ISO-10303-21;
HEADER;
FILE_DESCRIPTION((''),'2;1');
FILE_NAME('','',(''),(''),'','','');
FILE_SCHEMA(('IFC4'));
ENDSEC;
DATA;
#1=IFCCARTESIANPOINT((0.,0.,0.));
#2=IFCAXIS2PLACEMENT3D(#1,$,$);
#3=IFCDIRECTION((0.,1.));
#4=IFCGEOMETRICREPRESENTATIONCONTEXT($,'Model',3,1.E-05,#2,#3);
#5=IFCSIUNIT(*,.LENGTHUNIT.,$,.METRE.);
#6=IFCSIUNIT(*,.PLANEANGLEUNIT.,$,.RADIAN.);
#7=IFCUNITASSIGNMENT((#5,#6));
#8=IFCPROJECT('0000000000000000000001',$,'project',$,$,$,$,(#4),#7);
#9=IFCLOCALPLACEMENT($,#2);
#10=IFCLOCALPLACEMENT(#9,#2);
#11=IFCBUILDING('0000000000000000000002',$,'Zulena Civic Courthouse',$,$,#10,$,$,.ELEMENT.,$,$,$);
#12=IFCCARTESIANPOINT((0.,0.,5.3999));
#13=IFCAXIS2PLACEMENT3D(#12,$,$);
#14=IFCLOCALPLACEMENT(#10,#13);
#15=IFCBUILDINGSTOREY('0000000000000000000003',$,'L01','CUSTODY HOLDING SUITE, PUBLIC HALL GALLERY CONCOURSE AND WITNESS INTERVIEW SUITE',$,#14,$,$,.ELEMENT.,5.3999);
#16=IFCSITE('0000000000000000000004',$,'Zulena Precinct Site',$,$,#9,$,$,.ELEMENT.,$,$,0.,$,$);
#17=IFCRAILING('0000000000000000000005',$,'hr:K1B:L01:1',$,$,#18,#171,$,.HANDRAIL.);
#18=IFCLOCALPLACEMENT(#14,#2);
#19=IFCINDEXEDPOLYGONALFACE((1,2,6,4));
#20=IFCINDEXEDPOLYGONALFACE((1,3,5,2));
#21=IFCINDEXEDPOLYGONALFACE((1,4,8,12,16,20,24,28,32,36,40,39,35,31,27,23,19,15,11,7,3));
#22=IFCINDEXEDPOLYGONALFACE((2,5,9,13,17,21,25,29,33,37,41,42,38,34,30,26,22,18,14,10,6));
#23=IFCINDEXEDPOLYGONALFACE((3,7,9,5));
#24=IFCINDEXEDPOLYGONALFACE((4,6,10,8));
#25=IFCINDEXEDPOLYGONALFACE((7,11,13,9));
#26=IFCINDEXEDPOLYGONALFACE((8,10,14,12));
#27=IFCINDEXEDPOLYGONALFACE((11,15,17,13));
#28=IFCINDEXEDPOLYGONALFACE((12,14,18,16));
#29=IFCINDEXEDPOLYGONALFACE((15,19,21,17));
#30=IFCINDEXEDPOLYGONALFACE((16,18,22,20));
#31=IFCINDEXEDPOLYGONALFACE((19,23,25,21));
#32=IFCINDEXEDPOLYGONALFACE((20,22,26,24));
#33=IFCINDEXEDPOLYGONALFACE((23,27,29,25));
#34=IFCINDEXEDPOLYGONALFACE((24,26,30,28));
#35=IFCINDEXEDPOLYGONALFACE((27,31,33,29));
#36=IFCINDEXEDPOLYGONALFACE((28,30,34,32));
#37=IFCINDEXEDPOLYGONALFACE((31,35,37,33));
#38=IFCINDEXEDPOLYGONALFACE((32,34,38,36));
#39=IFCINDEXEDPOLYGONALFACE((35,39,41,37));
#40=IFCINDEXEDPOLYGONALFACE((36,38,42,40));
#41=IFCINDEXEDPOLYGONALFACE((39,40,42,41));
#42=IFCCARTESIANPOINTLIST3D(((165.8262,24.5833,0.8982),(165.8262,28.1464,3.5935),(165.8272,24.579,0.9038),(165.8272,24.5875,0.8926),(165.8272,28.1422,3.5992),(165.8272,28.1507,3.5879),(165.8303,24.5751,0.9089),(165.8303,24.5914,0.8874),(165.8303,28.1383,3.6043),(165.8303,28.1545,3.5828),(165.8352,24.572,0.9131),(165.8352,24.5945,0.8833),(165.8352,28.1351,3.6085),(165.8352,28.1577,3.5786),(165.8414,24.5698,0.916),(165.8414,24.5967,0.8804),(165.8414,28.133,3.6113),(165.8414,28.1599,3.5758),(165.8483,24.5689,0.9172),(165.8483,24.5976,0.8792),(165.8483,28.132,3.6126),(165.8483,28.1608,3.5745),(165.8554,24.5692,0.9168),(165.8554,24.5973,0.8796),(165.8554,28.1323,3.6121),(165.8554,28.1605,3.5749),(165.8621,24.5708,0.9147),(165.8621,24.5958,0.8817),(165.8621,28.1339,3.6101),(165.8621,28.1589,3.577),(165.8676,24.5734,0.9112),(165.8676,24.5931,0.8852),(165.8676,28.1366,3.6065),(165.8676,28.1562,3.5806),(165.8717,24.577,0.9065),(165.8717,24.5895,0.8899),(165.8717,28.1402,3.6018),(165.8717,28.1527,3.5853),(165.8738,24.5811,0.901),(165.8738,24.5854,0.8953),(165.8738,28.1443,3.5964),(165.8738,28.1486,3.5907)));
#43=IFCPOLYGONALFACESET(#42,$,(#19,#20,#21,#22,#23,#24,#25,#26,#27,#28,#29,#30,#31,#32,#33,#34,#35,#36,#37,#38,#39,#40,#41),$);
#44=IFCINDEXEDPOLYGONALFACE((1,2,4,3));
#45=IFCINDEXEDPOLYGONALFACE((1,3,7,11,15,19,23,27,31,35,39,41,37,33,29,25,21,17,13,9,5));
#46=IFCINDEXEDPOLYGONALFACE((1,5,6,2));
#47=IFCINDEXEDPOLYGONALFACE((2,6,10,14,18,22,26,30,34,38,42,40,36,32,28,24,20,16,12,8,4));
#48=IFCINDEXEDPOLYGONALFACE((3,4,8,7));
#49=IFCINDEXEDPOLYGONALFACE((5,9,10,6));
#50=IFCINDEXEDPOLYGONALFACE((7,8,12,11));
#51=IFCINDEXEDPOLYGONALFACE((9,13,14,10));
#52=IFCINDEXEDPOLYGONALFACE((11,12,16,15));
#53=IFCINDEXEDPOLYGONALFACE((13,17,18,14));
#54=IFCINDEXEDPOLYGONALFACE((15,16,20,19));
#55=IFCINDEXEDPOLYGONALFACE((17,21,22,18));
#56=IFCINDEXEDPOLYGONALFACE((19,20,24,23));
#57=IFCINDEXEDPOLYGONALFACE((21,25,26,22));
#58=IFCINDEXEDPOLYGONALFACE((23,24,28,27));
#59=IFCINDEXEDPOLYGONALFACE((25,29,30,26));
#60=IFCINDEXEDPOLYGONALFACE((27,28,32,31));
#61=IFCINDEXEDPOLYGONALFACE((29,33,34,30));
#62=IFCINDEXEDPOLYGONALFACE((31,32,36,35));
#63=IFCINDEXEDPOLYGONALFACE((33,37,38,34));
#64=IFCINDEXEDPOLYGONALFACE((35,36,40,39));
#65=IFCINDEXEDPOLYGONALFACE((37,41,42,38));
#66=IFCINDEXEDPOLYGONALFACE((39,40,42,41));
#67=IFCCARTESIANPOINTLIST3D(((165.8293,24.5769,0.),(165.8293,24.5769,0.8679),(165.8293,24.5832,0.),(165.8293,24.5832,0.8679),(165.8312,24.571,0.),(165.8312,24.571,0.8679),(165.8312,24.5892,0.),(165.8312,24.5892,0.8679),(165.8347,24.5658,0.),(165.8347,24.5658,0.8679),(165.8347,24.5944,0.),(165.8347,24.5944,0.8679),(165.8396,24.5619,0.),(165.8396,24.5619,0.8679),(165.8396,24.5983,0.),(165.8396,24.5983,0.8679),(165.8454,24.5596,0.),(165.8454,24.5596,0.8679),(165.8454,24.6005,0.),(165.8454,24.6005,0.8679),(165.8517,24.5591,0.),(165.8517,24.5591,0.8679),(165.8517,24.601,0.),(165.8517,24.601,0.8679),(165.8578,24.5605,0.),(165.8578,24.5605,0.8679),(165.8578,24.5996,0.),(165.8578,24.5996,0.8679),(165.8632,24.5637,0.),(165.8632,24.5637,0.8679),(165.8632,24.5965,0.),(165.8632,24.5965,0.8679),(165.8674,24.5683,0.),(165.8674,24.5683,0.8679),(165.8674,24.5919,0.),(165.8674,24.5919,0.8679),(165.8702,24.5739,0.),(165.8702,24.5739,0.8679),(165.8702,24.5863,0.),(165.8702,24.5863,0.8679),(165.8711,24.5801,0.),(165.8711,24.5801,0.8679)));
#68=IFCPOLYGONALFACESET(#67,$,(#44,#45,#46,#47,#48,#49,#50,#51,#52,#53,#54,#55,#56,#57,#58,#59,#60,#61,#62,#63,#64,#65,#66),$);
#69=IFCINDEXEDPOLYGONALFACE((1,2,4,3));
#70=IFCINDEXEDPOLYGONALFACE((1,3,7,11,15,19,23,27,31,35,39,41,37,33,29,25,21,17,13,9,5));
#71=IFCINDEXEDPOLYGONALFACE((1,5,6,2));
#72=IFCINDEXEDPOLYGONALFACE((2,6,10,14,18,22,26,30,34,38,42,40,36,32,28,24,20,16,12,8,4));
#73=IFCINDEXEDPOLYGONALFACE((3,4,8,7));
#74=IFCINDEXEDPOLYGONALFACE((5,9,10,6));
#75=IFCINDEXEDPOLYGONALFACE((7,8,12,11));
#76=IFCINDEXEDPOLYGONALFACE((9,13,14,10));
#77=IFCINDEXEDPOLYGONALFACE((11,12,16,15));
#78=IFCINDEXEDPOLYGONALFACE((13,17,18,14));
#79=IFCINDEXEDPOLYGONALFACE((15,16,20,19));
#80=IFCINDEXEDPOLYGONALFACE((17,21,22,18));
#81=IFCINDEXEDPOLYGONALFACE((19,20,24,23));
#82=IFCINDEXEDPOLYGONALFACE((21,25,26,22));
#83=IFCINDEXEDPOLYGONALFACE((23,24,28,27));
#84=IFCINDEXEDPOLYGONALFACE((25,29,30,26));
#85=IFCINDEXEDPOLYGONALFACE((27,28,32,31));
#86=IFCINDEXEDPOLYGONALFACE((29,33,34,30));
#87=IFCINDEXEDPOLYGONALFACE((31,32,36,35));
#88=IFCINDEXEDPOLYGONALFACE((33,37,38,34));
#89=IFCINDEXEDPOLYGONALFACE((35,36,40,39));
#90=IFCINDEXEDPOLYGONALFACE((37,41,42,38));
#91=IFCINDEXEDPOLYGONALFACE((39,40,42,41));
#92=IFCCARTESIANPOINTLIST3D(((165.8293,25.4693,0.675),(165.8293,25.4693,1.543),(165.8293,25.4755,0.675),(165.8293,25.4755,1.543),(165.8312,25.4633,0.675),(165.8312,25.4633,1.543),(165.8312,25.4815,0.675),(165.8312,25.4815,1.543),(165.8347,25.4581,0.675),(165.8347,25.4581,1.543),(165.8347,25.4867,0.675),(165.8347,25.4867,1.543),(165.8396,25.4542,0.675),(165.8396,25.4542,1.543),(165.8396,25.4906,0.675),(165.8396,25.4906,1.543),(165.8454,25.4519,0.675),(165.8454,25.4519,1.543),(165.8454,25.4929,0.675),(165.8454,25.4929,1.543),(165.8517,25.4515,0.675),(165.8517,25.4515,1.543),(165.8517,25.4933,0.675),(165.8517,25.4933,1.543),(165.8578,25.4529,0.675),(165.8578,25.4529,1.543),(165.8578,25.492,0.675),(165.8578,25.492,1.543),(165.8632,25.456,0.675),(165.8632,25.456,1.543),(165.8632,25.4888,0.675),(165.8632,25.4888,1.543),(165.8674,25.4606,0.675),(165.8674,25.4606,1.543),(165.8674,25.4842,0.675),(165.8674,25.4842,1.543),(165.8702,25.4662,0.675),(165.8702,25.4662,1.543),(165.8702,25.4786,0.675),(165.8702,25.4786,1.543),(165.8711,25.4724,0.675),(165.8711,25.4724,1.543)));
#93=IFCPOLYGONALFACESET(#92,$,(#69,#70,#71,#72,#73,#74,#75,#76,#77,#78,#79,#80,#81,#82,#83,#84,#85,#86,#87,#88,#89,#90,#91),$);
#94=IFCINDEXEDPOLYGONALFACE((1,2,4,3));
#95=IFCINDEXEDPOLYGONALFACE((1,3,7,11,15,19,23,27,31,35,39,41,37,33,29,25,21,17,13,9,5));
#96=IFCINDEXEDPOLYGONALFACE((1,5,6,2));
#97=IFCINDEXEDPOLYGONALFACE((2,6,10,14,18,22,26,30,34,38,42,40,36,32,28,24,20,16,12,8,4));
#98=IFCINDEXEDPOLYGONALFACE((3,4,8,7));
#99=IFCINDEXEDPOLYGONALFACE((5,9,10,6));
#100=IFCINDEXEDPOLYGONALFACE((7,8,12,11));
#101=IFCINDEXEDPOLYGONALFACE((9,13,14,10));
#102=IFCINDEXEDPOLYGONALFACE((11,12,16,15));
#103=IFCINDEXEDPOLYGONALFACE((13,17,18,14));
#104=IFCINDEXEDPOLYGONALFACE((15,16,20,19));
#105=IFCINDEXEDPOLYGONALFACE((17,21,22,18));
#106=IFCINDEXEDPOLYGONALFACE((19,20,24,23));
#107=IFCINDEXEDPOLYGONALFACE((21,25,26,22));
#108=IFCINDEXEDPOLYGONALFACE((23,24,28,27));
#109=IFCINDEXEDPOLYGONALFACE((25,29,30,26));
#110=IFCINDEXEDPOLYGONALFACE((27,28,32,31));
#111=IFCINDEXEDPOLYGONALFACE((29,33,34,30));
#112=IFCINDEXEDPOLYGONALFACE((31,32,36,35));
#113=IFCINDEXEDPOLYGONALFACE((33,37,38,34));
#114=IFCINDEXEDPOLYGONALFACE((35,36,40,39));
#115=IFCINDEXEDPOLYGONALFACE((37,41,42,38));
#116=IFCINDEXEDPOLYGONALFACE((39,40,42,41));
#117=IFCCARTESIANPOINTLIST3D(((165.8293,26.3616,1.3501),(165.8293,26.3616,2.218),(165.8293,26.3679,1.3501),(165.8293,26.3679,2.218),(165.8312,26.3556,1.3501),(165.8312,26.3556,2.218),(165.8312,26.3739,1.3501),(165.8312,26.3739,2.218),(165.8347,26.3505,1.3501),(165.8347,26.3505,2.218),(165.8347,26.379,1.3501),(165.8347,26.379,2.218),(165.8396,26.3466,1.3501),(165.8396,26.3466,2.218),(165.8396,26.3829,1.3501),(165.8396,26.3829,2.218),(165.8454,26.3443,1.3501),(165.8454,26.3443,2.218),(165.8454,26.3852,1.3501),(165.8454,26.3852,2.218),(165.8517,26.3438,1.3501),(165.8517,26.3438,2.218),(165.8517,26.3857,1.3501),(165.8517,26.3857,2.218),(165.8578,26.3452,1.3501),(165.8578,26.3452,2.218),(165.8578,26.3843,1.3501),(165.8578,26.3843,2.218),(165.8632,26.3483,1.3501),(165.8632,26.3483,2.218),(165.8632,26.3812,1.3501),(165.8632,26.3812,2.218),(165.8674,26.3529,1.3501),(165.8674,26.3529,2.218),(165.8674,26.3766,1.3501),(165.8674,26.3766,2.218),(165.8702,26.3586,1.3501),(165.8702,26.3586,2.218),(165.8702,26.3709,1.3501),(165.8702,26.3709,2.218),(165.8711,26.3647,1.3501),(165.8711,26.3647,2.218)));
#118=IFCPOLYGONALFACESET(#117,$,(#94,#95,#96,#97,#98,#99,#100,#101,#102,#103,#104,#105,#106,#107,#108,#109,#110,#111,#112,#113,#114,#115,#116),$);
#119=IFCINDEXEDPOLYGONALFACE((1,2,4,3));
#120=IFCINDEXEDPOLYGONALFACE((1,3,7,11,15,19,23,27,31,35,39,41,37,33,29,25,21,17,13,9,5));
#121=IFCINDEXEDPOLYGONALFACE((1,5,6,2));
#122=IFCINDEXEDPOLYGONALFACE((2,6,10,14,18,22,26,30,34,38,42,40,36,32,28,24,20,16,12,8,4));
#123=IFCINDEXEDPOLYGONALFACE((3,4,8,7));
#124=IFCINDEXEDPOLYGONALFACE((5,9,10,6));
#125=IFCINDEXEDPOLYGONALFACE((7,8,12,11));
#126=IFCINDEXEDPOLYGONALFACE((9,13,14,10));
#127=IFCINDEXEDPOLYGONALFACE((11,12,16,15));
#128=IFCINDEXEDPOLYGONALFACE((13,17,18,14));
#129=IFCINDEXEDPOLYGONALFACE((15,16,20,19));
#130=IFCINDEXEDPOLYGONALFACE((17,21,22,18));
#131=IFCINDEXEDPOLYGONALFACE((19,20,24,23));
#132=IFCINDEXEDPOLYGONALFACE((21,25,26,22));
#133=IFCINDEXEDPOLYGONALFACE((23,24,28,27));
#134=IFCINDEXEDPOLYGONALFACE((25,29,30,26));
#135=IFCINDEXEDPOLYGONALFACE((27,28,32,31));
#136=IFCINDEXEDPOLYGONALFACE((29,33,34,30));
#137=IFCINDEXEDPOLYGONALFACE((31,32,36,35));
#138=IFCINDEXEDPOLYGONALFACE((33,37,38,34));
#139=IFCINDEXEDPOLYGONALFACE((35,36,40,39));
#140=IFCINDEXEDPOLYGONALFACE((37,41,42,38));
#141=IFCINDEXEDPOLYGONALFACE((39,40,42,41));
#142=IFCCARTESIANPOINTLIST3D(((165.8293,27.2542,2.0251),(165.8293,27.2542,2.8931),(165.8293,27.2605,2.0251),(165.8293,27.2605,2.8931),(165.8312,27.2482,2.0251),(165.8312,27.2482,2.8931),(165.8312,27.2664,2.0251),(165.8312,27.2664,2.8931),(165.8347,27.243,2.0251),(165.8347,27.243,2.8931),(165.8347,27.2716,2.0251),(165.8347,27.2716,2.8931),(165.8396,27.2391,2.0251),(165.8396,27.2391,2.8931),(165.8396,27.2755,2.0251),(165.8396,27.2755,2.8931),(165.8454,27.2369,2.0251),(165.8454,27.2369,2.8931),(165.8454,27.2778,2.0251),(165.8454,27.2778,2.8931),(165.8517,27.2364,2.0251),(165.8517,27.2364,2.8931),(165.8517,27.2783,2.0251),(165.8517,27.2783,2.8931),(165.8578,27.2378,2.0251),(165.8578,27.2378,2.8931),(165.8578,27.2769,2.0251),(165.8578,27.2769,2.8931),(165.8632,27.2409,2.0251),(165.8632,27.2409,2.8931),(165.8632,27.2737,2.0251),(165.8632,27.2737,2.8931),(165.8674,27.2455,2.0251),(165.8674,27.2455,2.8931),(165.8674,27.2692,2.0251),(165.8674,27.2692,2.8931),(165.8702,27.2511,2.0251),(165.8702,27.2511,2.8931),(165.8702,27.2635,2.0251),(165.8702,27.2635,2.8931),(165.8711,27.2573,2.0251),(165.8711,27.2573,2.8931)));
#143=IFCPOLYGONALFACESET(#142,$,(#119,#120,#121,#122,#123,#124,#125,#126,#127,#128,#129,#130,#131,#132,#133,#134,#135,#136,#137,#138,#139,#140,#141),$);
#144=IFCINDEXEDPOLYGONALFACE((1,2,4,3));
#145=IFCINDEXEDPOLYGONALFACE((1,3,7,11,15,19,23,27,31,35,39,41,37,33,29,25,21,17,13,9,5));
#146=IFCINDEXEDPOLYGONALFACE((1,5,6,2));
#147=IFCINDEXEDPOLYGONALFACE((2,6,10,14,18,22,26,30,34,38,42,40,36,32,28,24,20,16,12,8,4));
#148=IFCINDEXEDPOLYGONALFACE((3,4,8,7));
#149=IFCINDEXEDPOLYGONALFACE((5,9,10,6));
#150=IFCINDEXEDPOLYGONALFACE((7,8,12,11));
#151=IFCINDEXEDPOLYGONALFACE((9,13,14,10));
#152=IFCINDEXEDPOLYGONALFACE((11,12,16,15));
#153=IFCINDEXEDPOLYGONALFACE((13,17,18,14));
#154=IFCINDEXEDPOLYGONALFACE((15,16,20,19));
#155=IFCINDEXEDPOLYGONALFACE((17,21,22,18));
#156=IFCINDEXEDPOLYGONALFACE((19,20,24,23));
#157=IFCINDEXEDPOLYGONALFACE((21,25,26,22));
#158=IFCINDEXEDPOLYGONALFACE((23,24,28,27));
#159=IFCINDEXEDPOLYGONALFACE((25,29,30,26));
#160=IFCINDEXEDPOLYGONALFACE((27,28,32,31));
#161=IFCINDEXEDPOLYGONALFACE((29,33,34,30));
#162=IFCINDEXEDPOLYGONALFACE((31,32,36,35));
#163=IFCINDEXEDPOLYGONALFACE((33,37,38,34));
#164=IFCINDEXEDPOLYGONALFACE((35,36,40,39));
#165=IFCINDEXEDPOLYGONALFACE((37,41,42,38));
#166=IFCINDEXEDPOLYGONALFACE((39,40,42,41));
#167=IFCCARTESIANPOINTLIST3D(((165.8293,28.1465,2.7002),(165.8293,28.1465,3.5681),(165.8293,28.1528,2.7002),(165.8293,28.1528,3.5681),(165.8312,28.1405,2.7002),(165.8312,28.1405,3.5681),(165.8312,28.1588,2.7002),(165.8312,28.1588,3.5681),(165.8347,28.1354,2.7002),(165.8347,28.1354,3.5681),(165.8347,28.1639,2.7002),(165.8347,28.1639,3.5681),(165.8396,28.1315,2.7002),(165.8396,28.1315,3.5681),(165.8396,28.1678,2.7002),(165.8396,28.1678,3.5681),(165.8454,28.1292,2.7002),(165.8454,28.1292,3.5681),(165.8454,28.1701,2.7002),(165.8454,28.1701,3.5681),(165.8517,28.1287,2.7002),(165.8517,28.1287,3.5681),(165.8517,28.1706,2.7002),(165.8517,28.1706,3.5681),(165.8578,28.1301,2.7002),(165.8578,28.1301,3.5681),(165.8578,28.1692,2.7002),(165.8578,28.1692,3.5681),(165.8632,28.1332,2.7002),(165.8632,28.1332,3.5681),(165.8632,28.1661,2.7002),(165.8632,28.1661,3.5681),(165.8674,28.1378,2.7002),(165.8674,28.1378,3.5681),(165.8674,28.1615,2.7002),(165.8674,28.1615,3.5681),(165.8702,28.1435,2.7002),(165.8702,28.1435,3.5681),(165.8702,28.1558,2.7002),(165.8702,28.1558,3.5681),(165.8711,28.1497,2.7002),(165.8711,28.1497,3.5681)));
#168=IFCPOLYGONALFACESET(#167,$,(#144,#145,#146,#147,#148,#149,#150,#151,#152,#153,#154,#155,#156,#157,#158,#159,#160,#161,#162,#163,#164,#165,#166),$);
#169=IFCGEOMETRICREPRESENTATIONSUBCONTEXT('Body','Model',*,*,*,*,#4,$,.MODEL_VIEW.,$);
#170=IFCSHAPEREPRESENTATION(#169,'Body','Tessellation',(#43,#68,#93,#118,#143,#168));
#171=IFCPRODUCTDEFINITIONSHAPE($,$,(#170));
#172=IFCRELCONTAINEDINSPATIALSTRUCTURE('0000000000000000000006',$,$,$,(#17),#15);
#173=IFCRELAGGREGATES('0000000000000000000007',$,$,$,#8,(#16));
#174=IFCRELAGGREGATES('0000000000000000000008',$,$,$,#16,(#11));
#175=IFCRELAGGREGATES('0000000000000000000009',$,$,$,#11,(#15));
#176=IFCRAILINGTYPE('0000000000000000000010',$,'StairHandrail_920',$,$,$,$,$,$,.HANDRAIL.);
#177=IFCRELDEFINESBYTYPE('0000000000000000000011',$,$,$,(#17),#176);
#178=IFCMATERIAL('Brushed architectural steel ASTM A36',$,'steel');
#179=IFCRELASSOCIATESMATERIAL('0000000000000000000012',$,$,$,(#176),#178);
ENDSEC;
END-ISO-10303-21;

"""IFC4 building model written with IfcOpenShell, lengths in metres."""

from ifc_helpers import new_model, si_unit, direction, frame, origin, origin_2d, place, context, subcontext, project, spatial, circle, extrude, material, type_object, element, save


model = new_model("IFC4")

# Units and contexts
model_context = context("Model", 3, precision=1e-05, world=origin(), true_north=direction((0.0, 1.0)))
body_context = subcontext(model_context, "Body", "Model", "MODEL_VIEW")
ifc_project = project(units=[si_unit("LENGTHUNIT", "METRE"), si_unit("PLANEANGLEUNIT", "RADIAN")], contexts=[model_context])

# Site, building, storey
site_placement = place(None, origin())
site = spatial("IfcSite", under=ifc_project, at=site_placement, Name="Zulena Precinct Site", CompositionType="ELEMENT", RefElevation=0.0)
building_placement = place(site_placement, origin())
building = spatial("IfcBuilding", under=site, at=building_placement, Name="Zulena Civic Courthouse", CompositionType="ELEMENT")
storey_placement = place(building_placement, frame((0.0, 0.0, 5.3999)))
storey = spatial("IfcBuildingStorey", under=building, at=storey_placement, Name="L01", Description="CUSTODY HOLDING SUITE, PUBLIC HALL GALLERY CONCOURSE AND WITNESS INTERVIEW SUITE", CompositionType="ELEMENT", Elevation=5.3999)

# Shared definitions
ifc_material_1 = material(Name="Brushed architectural steel ASTM A36", Category="steel")

# Railing
railing_type_1 = type_object("IfcRailingType", Name="StairHandrail_920", PredefinedType="HANDRAIL", material=ifc_material_1)
railing_1_placement = place(storey_placement, frame((165.8501, 24.5801, 0.0)))
element("IfcRailing", 1, at=railing_1_placement, inside=storey, type_object=railing_type_1, Name="hr:K1B:L01:1", PredefinedType="HANDRAIL", context=body_context, shape_type="SweptSolid", body=[
    extrude(circle(Radius=0.0239, at=origin_2d()), frame((0.0, 0.0032, 0.8982), z_axis=(0.0, 0.797526, 0.603285), x_axis=(-1.0, 0.0, 0.0)), (0.0, 0.0, 1.0), 4.4678),
    extrude(circle(Radius=0.021, at=origin_2d()), origin(), (0.0, 0.0, 1.0), 0.8679),
    extrude(circle(Radius=0.021, at=origin_2d()), frame((0.0, 0.8923, 0.675)), (0.0, 0.0, 1.0), 0.8679),
    extrude(circle(Radius=0.021, at=origin_2d()), frame((0.0, 1.7847, 1.3501)), (0.0, 0.0, 1.0), 0.8679),
    extrude(circle(Radius=0.021, at=origin_2d()), frame((0.0, 2.6772, 2.0251)), (0.0, 0.0, 1.0), 0.8679),
    extrude(circle(Radius=0.021, at=origin_2d()), frame((0.0, 3.5696, 2.7002)), (0.0, 0.0, 1.0), 0.8679),
])

save(model, "model.ifc")
